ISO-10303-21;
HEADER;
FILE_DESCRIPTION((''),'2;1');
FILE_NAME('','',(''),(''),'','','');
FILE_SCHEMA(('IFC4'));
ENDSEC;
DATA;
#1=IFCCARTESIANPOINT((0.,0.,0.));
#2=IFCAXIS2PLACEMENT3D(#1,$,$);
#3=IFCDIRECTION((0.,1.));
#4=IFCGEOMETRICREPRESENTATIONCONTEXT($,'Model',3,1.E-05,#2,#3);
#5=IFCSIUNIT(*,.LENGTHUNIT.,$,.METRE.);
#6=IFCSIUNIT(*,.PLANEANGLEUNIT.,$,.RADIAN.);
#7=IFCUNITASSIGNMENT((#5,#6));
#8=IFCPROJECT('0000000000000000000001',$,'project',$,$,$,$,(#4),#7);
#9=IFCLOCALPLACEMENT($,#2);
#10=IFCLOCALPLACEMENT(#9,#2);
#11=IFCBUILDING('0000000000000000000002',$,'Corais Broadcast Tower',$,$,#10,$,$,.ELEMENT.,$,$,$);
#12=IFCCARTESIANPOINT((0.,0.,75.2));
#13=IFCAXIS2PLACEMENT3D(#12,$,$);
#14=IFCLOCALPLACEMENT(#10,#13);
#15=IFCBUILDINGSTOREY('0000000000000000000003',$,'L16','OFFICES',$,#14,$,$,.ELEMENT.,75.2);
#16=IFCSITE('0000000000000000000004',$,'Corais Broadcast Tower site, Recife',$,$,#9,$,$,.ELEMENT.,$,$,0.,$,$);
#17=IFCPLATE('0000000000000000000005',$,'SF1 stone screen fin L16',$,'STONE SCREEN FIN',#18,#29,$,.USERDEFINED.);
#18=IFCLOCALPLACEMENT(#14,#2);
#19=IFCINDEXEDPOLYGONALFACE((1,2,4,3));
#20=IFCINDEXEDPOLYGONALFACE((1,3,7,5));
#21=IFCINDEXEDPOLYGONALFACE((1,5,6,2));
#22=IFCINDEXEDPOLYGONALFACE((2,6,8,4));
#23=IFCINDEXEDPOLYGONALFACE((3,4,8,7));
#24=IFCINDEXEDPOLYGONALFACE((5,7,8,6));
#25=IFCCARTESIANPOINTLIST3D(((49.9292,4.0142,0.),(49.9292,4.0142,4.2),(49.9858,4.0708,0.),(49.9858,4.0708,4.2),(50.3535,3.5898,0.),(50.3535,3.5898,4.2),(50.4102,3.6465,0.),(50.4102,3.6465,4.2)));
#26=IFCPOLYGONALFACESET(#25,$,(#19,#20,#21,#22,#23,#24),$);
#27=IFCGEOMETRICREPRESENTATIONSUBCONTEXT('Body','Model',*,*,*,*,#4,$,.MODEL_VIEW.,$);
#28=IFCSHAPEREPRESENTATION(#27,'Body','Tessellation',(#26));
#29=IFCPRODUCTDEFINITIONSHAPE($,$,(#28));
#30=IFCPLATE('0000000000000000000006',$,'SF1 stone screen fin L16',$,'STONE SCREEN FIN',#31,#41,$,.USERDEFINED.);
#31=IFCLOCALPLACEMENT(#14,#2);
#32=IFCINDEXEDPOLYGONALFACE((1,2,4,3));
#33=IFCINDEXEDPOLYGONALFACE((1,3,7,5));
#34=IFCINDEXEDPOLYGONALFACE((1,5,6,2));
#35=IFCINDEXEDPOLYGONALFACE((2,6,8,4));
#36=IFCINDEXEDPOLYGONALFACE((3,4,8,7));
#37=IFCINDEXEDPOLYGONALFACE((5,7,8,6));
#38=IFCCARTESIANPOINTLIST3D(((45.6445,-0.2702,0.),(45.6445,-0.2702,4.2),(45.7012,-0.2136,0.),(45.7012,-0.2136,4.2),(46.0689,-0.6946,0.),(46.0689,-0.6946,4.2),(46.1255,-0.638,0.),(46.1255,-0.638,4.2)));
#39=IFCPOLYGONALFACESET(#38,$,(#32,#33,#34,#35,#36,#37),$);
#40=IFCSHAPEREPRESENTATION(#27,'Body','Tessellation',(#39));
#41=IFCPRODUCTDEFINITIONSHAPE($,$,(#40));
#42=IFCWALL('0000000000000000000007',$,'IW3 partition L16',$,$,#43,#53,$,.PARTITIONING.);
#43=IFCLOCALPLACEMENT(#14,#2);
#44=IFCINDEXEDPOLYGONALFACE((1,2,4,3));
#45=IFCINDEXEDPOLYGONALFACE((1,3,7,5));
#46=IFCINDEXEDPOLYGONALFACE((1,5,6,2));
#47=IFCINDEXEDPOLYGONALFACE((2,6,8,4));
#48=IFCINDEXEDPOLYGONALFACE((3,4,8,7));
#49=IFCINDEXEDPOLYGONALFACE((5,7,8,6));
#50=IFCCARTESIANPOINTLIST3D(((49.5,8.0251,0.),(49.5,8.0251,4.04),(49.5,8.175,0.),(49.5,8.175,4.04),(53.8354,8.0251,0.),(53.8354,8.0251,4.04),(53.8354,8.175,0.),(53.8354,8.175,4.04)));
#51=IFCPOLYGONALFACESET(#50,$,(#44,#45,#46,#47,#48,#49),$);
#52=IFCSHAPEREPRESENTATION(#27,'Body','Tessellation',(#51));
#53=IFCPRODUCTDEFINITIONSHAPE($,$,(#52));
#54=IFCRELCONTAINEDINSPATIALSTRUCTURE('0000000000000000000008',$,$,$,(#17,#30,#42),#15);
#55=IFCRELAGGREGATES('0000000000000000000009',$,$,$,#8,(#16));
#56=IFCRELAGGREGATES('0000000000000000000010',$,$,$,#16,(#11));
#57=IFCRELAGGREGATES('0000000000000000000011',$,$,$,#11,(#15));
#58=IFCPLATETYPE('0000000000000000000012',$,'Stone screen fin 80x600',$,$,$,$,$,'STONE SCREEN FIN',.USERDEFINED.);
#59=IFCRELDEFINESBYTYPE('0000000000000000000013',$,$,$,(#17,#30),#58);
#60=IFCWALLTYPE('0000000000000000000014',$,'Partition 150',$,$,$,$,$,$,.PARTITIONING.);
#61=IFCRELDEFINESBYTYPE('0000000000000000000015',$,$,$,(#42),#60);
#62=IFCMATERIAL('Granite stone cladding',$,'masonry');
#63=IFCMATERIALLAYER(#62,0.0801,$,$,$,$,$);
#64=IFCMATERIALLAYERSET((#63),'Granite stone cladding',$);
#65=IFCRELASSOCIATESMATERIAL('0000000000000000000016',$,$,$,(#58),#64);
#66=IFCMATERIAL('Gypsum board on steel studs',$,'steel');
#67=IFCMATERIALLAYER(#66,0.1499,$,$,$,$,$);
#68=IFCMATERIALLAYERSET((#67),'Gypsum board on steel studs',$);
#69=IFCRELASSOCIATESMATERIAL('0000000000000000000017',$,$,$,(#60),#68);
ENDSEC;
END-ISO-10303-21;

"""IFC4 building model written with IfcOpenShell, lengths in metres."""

from ifc_helpers import new_model, si_unit, direction, frame, frame_2d, origin, origin_2d, place, context, subcontext, project, spatial, rectangle, extrude, material, layer, layer_set, type_object, element, save


model = new_model("IFC4")

# Units and contexts
model_context = context("Model", 3, precision=1e-05, world=origin(), true_north=direction((0.0, 1.0)))
body_context = subcontext(model_context, "Body", "Model", "MODEL_VIEW")
ifc_project = project(units=[si_unit("LENGTHUNIT", "METRE"), si_unit("PLANEANGLEUNIT", "RADIAN")], contexts=[model_context])

# Site, building, storey
site_placement = place(None, origin())
site = spatial("IfcSite", under=ifc_project, at=site_placement, Name="Corais Broadcast Tower site, Recife", CompositionType="ELEMENT", RefElevation=0.0)
building_placement = place(site_placement, origin())
building = spatial("IfcBuilding", under=site, at=building_placement, Name="Corais Broadcast Tower", CompositionType="ELEMENT")
storey_placement = place(building_placement, frame((0.0, 0.0, 75.2)))
storey = spatial("IfcBuildingStorey", under=building, at=storey_placement, Name="L16", Description="OFFICES", CompositionType="ELEMENT", Elevation=75.2)

# Plates
ifc_material_1 = material(Name="Granite stone cladding", Category="masonry")
ifc_layer_1 = layer(ifc_material_1, 0.0801)
ifc_layer_set_1 = layer_set([ifc_layer_1], Name="Granite stone cladding")
plate_type_1 = type_object("IfcPlateType", Name="Stone screen fin 80x600", ElementType="STONE SCREEN FIN", PredefinedType="USERDEFINED", material=ifc_layer_set_1)
for number, where, z_axis, x_axis, name in (
    (1, (50.1697, 3.8303, 0.0), (0.0, 0.0, 1.0), (-0.707107, -0.707107, 0.0), "SF1 stone screen fin L16"),
    (2, (45.885, -0.4541, 0.0), (0.0, 0.0, 1.0), (-0.707107, -0.707107, 0.0), "SF1 stone screen fin L16"),
):
    element("IfcPlate", number, at=place(storey_placement, frame(where, z_axis=z_axis, x_axis=x_axis)), inside=storey, type_object=plate_type_1, Name=name, ObjectType="STONE SCREEN FIN", PredefinedType="USERDEFINED", context=body_context, shape_type="SweptSolid", body=[
        extrude(rectangle(XDim=0.0801, YDim=0.6001, at=origin_2d()), origin(), (0.0, 0.0, 1.0), 4.2),
    ])

# Wall
ifc_material_2 = material(Name="Gypsum board on steel studs", Category="steel")
ifc_layer_2 = layer(ifc_material_2, 0.1499)
ifc_layer_set_2 = layer_set([ifc_layer_2], Name="Gypsum board on steel studs")
wall_type = type_object("IfcWallType", Name="Partition 150", PredefinedType="PARTITIONING", material=ifc_layer_set_2)
wall_placement = place(storey_placement, frame((49.5, 8.1001, 0.0), z_axis=(0.0, 0.0, 1.0), x_axis=(1.0, 0.0, 0.0)))
element("IfcWall", 3, at=wall_placement, inside=storey, type_object=wall_type, Name="IW3 partition L16", PredefinedType="PARTITIONING", context=body_context, shape_type="SweptSolid", body=[
    extrude(rectangle(XDim=4.3354, YDim=0.1499, at=frame_2d((2.1677, 0.0))), origin(), (0.0, 0.0, 1.0), 4.04),
])

save(model, "model.ifc")
